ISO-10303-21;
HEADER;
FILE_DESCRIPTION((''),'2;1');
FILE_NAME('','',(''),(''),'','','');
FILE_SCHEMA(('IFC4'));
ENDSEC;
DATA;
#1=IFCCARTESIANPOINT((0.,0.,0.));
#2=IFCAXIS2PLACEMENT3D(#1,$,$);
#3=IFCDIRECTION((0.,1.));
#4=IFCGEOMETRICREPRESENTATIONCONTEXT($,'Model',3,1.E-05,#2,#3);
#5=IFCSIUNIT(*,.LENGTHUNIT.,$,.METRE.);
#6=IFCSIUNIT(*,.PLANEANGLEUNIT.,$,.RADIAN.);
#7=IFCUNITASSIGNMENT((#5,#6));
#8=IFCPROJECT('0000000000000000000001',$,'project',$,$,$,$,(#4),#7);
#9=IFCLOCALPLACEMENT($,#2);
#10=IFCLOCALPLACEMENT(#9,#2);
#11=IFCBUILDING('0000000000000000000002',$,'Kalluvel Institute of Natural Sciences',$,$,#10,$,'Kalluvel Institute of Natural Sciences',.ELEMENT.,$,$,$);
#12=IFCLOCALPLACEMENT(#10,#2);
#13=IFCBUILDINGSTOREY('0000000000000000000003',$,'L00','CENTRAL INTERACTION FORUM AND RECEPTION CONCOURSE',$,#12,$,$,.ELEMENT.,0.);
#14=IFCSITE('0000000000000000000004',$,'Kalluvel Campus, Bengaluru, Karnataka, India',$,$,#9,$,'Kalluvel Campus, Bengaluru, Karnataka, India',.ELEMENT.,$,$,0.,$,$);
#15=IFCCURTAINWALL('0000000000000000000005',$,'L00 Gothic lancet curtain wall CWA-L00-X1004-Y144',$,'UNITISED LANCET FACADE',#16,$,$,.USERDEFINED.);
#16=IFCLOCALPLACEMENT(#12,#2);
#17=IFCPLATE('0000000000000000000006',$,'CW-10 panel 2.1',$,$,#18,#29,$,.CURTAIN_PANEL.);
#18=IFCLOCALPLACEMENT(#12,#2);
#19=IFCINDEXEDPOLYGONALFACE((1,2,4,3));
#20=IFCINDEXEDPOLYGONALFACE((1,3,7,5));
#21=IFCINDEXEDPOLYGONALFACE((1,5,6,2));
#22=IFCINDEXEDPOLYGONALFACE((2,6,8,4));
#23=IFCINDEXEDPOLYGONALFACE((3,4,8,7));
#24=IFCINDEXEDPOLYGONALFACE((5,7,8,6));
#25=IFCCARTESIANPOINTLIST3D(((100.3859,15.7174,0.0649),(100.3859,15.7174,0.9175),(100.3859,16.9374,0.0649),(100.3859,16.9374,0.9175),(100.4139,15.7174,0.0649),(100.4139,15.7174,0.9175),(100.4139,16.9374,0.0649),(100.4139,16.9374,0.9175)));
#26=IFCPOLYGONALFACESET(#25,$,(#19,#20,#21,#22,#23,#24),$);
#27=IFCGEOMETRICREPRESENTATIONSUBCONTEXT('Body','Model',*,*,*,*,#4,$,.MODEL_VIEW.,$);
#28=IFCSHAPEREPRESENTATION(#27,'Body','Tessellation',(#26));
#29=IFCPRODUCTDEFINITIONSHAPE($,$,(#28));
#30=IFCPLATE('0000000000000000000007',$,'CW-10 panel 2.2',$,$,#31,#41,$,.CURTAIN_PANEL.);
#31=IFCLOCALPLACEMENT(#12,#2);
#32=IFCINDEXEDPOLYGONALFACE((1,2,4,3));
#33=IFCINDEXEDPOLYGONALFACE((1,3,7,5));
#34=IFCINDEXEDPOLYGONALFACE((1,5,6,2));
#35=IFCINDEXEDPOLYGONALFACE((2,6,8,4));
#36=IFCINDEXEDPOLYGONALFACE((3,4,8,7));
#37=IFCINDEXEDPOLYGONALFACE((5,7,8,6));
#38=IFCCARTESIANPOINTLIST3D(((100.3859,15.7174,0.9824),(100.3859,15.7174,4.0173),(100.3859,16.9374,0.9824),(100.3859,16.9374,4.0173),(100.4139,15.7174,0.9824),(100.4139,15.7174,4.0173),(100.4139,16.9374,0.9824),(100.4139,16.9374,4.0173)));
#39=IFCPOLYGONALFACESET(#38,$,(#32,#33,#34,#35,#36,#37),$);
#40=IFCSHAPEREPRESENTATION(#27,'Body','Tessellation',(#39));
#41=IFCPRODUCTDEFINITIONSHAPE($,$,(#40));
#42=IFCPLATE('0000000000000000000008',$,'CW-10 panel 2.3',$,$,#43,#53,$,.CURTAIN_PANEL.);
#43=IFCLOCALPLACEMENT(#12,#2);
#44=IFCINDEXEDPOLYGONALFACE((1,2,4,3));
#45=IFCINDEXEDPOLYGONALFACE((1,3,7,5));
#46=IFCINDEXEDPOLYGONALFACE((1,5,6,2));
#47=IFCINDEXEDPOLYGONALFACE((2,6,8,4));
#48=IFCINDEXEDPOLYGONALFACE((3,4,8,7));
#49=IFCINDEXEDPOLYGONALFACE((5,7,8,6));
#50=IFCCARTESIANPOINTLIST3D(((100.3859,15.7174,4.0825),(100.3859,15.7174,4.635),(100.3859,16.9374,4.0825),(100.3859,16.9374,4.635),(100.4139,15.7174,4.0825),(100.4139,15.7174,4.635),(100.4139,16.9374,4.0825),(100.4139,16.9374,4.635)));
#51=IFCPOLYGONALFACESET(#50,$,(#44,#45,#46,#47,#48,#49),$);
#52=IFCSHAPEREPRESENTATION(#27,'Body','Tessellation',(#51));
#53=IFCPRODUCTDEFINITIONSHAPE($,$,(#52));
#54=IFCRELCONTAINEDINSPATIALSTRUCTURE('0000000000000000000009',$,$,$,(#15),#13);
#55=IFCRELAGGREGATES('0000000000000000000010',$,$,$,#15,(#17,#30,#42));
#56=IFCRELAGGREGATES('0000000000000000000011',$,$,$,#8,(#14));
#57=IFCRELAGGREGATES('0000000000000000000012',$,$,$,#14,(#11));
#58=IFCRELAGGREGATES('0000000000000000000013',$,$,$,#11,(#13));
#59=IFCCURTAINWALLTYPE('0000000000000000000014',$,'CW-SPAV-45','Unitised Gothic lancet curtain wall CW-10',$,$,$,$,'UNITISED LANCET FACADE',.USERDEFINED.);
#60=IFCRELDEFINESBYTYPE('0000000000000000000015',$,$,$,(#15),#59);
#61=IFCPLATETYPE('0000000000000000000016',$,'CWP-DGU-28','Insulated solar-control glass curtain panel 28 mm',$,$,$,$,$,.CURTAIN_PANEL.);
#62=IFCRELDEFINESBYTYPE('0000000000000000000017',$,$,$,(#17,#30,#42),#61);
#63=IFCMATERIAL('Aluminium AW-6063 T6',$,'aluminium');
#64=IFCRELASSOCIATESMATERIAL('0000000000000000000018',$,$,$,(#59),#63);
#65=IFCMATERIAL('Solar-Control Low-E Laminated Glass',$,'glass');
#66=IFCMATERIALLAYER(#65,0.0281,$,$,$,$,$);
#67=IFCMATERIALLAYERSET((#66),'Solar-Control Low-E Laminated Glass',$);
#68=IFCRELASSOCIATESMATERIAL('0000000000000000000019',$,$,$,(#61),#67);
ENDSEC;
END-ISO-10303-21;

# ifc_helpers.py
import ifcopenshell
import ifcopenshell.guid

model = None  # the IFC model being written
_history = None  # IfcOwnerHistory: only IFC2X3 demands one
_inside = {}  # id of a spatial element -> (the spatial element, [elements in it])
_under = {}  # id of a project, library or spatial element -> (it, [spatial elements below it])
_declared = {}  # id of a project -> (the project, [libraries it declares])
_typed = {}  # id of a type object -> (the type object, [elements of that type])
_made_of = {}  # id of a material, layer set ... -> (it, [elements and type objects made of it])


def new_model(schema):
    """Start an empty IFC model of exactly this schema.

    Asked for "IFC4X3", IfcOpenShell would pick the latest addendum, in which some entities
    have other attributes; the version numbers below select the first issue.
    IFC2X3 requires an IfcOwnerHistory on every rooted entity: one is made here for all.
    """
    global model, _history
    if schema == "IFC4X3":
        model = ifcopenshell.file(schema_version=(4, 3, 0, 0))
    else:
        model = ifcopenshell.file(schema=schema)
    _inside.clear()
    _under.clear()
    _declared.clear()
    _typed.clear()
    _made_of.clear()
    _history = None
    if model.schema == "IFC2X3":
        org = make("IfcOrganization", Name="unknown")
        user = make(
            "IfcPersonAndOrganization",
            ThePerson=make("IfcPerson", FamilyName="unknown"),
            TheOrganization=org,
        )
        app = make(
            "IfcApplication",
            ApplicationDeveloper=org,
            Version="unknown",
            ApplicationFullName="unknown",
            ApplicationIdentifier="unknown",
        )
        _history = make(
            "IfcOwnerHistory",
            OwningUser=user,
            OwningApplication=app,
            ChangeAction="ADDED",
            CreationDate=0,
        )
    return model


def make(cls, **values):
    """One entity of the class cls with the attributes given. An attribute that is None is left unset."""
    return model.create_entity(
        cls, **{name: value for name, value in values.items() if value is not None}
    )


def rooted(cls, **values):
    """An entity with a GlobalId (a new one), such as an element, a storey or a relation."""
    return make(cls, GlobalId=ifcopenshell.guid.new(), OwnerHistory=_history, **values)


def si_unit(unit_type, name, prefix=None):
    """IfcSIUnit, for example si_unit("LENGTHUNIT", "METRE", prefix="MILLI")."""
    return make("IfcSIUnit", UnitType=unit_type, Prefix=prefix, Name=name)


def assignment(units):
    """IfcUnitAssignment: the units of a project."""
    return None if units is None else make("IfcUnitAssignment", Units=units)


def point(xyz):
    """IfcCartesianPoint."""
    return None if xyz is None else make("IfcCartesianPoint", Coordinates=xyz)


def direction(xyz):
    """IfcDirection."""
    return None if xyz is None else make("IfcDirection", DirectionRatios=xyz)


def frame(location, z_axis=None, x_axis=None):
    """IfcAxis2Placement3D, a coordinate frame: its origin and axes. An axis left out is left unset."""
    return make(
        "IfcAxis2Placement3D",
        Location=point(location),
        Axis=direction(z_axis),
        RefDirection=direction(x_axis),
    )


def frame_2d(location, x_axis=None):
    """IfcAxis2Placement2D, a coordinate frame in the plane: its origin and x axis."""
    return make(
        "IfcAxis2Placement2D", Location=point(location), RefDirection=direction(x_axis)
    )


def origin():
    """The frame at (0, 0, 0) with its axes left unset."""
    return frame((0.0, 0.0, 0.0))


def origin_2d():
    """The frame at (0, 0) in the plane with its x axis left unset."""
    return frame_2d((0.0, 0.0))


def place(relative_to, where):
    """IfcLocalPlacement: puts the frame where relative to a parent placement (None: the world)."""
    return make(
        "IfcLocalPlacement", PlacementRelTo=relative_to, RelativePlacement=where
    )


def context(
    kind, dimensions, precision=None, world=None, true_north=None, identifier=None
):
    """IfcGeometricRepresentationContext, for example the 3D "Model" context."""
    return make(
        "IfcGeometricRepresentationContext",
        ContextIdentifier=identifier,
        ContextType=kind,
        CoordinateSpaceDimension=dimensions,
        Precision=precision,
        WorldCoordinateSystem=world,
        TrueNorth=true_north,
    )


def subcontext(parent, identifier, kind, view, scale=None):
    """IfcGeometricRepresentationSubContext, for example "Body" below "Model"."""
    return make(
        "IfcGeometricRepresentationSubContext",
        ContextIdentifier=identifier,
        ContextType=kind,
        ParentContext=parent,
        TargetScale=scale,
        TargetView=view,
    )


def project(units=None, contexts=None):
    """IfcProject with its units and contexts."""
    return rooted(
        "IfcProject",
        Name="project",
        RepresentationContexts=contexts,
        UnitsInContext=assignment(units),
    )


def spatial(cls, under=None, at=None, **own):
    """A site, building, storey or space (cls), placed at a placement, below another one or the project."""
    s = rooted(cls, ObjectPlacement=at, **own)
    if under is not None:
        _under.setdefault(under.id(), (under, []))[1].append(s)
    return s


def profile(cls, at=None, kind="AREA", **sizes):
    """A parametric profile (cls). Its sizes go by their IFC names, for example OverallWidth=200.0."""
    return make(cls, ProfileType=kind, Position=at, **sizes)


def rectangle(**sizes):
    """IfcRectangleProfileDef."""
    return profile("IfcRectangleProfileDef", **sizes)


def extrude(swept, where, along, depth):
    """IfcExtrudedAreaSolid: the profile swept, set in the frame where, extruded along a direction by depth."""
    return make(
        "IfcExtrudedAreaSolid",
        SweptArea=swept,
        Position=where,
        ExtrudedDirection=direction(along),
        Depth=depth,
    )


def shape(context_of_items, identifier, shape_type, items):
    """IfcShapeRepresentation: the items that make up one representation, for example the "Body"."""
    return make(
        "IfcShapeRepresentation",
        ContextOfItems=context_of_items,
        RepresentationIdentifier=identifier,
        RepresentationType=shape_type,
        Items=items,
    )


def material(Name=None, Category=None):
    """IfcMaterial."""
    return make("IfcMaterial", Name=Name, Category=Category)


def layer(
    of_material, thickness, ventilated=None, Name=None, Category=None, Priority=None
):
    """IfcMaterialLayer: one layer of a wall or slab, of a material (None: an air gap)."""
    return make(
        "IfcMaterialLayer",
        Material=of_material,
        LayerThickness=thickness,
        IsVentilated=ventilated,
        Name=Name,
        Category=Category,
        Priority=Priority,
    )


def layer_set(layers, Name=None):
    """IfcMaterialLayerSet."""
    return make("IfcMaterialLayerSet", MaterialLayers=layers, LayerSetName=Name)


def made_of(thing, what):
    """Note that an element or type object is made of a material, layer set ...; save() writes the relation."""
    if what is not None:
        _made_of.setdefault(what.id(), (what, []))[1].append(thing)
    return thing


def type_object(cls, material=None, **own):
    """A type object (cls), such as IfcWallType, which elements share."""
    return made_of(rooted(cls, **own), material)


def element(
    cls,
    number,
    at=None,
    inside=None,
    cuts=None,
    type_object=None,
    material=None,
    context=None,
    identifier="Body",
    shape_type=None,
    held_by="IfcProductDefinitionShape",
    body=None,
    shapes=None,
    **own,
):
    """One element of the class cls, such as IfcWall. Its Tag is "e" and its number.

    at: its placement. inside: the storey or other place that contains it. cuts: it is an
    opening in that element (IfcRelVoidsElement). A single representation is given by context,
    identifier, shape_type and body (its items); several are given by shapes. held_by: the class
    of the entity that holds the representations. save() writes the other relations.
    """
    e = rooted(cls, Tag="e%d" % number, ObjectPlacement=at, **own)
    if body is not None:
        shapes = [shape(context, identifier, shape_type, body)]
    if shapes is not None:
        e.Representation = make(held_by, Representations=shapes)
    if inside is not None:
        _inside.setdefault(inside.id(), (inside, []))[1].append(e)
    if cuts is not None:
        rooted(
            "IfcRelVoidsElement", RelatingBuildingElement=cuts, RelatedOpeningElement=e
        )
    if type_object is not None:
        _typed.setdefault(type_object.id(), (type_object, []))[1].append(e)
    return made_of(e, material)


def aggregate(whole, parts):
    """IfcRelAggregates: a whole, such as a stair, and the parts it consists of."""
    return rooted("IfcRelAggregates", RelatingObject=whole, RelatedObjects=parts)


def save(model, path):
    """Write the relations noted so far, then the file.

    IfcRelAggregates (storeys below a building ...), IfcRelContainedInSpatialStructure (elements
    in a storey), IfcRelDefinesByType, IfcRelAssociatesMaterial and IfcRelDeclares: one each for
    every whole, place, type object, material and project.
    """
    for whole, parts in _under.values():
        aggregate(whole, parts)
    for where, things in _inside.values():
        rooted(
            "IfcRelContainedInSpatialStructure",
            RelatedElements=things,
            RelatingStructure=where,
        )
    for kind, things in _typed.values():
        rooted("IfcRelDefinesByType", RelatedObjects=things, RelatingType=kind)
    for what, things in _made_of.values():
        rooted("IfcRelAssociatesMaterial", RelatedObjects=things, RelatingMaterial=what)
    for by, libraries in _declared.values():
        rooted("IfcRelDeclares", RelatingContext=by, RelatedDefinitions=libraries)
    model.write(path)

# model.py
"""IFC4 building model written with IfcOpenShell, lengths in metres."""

from ifc_helpers import new_model, si_unit, direction, frame, origin, origin_2d, place, context, subcontext, project, spatial, rectangle, extrude, material, layer, layer_set, type_object, element, aggregate, save


model = new_model("IFC4")

# Units and contexts
model_context = context("Model", 3, precision=1e-05, world=origin(), true_north=direction((0.0, 1.0)))
body_context = subcontext(model_context, "Body", "Model", "MODEL_VIEW")
ifc_project = project(units=[si_unit("LENGTHUNIT", "METRE"), si_unit("PLANEANGLEUNIT", "RADIAN")], contexts=[model_context])

# Site, building, storey
site_placement = place(None, origin())
site = spatial("IfcSite", under=ifc_project, at=site_placement, Name="Kalluvel Campus, Bengaluru, Karnataka, India", LongName="Kalluvel Campus, Bengaluru, Karnataka, India", CompositionType="ELEMENT", RefElevation=0.0)
building_placement = place(site_placement, origin())
building = spatial("IfcBuilding", under=site, at=building_placement, Name="Kalluvel Institute of Natural Sciences", LongName="Kalluvel Institute of Natural Sciences", CompositionType="ELEMENT")
storey_placement = place(building_placement, origin())
storey = spatial("IfcBuildingStorey", under=building, at=storey_placement, Name="L00", Description="CENTRAL INTERACTION FORUM AND RECEPTION CONCOURSE", CompositionType="ELEMENT", Elevation=0.0)

# Curtain wall, plates
ifc_material_1 = material(Name="Aluminium AW-6063 T6", Category="aluminium")
curtain_wall_type = type_object("IfcCurtainWallType", Name="CW-SPAV-45", Description="Unitised Gothic lancet curtain wall CW-10", ElementType="UNITISED LANCET FACADE", PredefinedType="USERDEFINED", material=ifc_material_1)
curtain_wall_placement = place(storey_placement, origin())
curtain_wall = element("IfcCurtainWall", 1, at=curtain_wall_placement, inside=storey, type_object=curtain_wall_type, Name="L00 Gothic lancet curtain wall CWA-L00-X1004-Y144", ObjectType="UNITISED LANCET FACADE", PredefinedType="USERDEFINED")
ifc_material_2 = material(Name="Solar-Control Low-E Laminated Glass", Category="glass")
ifc_layer = layer(ifc_material_2, 0.0281)
ifc_layer_set = layer_set([ifc_layer], Name="Solar-Control Low-E Laminated Glass")
plate_type = type_object("IfcPlateType", Name="CWP-DGU-28", Description="Insulated solar-control glass curtain panel 28 mm", PredefinedType="CURTAIN_PANEL", material=ifc_layer_set)
plate_1_placement = place(storey_placement, frame((100.3999, 16.3274, 0.0649), z_axis=(0.0, 0.0, 1.0), x_axis=(0.0, 1.0, 0.0)))
plate_1 = element("IfcPlate", 2, at=plate_1_placement, type_object=plate_type, Name="CW-10 panel 2.1", PredefinedType="CURTAIN_PANEL", context=body_context, shape_type="SweptSolid", body=[
    extrude(rectangle(XDim=1.22, YDim=0.0281, at=origin_2d()), origin(), (0.0, 0.0, 1.0), 0.8525),
])
plate_2_placement = place(storey_placement, frame((100.3999, 16.3274, 0.9824), z_axis=(0.0, 0.0, 1.0), x_axis=(0.0, 1.0, 0.0)))
plate_2 = element("IfcPlate", 3, at=plate_2_placement, type_object=plate_type, Name="CW-10 panel 2.2", PredefinedType="CURTAIN_PANEL", context=body_context, shape_type="SweptSolid", body=[
    extrude(rectangle(XDim=1.22, YDim=0.0281, at=origin_2d()), origin(), (0.0, 0.0, 1.0), 3.0349),
])
plate_3_placement = place(storey_placement, frame((100.3999, 16.3274, 4.0825), z_axis=(0.0, 0.0, 1.0), x_axis=(0.0, 1.0, 0.0)))
plate_3 = element("IfcPlate", 4, at=plate_3_placement, type_object=plate_type, Name="CW-10 panel 2.3", PredefinedType="CURTAIN_PANEL", context=body_context, shape_type="SweptSolid", body=[
    extrude(rectangle(XDim=1.22, YDim=0.0281, at=origin_2d()), origin(), (0.0, 0.0, 1.0), 0.5525),
])
aggregate(curtain_wall, [plate_1, plate_2, plate_3])

save(model, "model.ifc")
